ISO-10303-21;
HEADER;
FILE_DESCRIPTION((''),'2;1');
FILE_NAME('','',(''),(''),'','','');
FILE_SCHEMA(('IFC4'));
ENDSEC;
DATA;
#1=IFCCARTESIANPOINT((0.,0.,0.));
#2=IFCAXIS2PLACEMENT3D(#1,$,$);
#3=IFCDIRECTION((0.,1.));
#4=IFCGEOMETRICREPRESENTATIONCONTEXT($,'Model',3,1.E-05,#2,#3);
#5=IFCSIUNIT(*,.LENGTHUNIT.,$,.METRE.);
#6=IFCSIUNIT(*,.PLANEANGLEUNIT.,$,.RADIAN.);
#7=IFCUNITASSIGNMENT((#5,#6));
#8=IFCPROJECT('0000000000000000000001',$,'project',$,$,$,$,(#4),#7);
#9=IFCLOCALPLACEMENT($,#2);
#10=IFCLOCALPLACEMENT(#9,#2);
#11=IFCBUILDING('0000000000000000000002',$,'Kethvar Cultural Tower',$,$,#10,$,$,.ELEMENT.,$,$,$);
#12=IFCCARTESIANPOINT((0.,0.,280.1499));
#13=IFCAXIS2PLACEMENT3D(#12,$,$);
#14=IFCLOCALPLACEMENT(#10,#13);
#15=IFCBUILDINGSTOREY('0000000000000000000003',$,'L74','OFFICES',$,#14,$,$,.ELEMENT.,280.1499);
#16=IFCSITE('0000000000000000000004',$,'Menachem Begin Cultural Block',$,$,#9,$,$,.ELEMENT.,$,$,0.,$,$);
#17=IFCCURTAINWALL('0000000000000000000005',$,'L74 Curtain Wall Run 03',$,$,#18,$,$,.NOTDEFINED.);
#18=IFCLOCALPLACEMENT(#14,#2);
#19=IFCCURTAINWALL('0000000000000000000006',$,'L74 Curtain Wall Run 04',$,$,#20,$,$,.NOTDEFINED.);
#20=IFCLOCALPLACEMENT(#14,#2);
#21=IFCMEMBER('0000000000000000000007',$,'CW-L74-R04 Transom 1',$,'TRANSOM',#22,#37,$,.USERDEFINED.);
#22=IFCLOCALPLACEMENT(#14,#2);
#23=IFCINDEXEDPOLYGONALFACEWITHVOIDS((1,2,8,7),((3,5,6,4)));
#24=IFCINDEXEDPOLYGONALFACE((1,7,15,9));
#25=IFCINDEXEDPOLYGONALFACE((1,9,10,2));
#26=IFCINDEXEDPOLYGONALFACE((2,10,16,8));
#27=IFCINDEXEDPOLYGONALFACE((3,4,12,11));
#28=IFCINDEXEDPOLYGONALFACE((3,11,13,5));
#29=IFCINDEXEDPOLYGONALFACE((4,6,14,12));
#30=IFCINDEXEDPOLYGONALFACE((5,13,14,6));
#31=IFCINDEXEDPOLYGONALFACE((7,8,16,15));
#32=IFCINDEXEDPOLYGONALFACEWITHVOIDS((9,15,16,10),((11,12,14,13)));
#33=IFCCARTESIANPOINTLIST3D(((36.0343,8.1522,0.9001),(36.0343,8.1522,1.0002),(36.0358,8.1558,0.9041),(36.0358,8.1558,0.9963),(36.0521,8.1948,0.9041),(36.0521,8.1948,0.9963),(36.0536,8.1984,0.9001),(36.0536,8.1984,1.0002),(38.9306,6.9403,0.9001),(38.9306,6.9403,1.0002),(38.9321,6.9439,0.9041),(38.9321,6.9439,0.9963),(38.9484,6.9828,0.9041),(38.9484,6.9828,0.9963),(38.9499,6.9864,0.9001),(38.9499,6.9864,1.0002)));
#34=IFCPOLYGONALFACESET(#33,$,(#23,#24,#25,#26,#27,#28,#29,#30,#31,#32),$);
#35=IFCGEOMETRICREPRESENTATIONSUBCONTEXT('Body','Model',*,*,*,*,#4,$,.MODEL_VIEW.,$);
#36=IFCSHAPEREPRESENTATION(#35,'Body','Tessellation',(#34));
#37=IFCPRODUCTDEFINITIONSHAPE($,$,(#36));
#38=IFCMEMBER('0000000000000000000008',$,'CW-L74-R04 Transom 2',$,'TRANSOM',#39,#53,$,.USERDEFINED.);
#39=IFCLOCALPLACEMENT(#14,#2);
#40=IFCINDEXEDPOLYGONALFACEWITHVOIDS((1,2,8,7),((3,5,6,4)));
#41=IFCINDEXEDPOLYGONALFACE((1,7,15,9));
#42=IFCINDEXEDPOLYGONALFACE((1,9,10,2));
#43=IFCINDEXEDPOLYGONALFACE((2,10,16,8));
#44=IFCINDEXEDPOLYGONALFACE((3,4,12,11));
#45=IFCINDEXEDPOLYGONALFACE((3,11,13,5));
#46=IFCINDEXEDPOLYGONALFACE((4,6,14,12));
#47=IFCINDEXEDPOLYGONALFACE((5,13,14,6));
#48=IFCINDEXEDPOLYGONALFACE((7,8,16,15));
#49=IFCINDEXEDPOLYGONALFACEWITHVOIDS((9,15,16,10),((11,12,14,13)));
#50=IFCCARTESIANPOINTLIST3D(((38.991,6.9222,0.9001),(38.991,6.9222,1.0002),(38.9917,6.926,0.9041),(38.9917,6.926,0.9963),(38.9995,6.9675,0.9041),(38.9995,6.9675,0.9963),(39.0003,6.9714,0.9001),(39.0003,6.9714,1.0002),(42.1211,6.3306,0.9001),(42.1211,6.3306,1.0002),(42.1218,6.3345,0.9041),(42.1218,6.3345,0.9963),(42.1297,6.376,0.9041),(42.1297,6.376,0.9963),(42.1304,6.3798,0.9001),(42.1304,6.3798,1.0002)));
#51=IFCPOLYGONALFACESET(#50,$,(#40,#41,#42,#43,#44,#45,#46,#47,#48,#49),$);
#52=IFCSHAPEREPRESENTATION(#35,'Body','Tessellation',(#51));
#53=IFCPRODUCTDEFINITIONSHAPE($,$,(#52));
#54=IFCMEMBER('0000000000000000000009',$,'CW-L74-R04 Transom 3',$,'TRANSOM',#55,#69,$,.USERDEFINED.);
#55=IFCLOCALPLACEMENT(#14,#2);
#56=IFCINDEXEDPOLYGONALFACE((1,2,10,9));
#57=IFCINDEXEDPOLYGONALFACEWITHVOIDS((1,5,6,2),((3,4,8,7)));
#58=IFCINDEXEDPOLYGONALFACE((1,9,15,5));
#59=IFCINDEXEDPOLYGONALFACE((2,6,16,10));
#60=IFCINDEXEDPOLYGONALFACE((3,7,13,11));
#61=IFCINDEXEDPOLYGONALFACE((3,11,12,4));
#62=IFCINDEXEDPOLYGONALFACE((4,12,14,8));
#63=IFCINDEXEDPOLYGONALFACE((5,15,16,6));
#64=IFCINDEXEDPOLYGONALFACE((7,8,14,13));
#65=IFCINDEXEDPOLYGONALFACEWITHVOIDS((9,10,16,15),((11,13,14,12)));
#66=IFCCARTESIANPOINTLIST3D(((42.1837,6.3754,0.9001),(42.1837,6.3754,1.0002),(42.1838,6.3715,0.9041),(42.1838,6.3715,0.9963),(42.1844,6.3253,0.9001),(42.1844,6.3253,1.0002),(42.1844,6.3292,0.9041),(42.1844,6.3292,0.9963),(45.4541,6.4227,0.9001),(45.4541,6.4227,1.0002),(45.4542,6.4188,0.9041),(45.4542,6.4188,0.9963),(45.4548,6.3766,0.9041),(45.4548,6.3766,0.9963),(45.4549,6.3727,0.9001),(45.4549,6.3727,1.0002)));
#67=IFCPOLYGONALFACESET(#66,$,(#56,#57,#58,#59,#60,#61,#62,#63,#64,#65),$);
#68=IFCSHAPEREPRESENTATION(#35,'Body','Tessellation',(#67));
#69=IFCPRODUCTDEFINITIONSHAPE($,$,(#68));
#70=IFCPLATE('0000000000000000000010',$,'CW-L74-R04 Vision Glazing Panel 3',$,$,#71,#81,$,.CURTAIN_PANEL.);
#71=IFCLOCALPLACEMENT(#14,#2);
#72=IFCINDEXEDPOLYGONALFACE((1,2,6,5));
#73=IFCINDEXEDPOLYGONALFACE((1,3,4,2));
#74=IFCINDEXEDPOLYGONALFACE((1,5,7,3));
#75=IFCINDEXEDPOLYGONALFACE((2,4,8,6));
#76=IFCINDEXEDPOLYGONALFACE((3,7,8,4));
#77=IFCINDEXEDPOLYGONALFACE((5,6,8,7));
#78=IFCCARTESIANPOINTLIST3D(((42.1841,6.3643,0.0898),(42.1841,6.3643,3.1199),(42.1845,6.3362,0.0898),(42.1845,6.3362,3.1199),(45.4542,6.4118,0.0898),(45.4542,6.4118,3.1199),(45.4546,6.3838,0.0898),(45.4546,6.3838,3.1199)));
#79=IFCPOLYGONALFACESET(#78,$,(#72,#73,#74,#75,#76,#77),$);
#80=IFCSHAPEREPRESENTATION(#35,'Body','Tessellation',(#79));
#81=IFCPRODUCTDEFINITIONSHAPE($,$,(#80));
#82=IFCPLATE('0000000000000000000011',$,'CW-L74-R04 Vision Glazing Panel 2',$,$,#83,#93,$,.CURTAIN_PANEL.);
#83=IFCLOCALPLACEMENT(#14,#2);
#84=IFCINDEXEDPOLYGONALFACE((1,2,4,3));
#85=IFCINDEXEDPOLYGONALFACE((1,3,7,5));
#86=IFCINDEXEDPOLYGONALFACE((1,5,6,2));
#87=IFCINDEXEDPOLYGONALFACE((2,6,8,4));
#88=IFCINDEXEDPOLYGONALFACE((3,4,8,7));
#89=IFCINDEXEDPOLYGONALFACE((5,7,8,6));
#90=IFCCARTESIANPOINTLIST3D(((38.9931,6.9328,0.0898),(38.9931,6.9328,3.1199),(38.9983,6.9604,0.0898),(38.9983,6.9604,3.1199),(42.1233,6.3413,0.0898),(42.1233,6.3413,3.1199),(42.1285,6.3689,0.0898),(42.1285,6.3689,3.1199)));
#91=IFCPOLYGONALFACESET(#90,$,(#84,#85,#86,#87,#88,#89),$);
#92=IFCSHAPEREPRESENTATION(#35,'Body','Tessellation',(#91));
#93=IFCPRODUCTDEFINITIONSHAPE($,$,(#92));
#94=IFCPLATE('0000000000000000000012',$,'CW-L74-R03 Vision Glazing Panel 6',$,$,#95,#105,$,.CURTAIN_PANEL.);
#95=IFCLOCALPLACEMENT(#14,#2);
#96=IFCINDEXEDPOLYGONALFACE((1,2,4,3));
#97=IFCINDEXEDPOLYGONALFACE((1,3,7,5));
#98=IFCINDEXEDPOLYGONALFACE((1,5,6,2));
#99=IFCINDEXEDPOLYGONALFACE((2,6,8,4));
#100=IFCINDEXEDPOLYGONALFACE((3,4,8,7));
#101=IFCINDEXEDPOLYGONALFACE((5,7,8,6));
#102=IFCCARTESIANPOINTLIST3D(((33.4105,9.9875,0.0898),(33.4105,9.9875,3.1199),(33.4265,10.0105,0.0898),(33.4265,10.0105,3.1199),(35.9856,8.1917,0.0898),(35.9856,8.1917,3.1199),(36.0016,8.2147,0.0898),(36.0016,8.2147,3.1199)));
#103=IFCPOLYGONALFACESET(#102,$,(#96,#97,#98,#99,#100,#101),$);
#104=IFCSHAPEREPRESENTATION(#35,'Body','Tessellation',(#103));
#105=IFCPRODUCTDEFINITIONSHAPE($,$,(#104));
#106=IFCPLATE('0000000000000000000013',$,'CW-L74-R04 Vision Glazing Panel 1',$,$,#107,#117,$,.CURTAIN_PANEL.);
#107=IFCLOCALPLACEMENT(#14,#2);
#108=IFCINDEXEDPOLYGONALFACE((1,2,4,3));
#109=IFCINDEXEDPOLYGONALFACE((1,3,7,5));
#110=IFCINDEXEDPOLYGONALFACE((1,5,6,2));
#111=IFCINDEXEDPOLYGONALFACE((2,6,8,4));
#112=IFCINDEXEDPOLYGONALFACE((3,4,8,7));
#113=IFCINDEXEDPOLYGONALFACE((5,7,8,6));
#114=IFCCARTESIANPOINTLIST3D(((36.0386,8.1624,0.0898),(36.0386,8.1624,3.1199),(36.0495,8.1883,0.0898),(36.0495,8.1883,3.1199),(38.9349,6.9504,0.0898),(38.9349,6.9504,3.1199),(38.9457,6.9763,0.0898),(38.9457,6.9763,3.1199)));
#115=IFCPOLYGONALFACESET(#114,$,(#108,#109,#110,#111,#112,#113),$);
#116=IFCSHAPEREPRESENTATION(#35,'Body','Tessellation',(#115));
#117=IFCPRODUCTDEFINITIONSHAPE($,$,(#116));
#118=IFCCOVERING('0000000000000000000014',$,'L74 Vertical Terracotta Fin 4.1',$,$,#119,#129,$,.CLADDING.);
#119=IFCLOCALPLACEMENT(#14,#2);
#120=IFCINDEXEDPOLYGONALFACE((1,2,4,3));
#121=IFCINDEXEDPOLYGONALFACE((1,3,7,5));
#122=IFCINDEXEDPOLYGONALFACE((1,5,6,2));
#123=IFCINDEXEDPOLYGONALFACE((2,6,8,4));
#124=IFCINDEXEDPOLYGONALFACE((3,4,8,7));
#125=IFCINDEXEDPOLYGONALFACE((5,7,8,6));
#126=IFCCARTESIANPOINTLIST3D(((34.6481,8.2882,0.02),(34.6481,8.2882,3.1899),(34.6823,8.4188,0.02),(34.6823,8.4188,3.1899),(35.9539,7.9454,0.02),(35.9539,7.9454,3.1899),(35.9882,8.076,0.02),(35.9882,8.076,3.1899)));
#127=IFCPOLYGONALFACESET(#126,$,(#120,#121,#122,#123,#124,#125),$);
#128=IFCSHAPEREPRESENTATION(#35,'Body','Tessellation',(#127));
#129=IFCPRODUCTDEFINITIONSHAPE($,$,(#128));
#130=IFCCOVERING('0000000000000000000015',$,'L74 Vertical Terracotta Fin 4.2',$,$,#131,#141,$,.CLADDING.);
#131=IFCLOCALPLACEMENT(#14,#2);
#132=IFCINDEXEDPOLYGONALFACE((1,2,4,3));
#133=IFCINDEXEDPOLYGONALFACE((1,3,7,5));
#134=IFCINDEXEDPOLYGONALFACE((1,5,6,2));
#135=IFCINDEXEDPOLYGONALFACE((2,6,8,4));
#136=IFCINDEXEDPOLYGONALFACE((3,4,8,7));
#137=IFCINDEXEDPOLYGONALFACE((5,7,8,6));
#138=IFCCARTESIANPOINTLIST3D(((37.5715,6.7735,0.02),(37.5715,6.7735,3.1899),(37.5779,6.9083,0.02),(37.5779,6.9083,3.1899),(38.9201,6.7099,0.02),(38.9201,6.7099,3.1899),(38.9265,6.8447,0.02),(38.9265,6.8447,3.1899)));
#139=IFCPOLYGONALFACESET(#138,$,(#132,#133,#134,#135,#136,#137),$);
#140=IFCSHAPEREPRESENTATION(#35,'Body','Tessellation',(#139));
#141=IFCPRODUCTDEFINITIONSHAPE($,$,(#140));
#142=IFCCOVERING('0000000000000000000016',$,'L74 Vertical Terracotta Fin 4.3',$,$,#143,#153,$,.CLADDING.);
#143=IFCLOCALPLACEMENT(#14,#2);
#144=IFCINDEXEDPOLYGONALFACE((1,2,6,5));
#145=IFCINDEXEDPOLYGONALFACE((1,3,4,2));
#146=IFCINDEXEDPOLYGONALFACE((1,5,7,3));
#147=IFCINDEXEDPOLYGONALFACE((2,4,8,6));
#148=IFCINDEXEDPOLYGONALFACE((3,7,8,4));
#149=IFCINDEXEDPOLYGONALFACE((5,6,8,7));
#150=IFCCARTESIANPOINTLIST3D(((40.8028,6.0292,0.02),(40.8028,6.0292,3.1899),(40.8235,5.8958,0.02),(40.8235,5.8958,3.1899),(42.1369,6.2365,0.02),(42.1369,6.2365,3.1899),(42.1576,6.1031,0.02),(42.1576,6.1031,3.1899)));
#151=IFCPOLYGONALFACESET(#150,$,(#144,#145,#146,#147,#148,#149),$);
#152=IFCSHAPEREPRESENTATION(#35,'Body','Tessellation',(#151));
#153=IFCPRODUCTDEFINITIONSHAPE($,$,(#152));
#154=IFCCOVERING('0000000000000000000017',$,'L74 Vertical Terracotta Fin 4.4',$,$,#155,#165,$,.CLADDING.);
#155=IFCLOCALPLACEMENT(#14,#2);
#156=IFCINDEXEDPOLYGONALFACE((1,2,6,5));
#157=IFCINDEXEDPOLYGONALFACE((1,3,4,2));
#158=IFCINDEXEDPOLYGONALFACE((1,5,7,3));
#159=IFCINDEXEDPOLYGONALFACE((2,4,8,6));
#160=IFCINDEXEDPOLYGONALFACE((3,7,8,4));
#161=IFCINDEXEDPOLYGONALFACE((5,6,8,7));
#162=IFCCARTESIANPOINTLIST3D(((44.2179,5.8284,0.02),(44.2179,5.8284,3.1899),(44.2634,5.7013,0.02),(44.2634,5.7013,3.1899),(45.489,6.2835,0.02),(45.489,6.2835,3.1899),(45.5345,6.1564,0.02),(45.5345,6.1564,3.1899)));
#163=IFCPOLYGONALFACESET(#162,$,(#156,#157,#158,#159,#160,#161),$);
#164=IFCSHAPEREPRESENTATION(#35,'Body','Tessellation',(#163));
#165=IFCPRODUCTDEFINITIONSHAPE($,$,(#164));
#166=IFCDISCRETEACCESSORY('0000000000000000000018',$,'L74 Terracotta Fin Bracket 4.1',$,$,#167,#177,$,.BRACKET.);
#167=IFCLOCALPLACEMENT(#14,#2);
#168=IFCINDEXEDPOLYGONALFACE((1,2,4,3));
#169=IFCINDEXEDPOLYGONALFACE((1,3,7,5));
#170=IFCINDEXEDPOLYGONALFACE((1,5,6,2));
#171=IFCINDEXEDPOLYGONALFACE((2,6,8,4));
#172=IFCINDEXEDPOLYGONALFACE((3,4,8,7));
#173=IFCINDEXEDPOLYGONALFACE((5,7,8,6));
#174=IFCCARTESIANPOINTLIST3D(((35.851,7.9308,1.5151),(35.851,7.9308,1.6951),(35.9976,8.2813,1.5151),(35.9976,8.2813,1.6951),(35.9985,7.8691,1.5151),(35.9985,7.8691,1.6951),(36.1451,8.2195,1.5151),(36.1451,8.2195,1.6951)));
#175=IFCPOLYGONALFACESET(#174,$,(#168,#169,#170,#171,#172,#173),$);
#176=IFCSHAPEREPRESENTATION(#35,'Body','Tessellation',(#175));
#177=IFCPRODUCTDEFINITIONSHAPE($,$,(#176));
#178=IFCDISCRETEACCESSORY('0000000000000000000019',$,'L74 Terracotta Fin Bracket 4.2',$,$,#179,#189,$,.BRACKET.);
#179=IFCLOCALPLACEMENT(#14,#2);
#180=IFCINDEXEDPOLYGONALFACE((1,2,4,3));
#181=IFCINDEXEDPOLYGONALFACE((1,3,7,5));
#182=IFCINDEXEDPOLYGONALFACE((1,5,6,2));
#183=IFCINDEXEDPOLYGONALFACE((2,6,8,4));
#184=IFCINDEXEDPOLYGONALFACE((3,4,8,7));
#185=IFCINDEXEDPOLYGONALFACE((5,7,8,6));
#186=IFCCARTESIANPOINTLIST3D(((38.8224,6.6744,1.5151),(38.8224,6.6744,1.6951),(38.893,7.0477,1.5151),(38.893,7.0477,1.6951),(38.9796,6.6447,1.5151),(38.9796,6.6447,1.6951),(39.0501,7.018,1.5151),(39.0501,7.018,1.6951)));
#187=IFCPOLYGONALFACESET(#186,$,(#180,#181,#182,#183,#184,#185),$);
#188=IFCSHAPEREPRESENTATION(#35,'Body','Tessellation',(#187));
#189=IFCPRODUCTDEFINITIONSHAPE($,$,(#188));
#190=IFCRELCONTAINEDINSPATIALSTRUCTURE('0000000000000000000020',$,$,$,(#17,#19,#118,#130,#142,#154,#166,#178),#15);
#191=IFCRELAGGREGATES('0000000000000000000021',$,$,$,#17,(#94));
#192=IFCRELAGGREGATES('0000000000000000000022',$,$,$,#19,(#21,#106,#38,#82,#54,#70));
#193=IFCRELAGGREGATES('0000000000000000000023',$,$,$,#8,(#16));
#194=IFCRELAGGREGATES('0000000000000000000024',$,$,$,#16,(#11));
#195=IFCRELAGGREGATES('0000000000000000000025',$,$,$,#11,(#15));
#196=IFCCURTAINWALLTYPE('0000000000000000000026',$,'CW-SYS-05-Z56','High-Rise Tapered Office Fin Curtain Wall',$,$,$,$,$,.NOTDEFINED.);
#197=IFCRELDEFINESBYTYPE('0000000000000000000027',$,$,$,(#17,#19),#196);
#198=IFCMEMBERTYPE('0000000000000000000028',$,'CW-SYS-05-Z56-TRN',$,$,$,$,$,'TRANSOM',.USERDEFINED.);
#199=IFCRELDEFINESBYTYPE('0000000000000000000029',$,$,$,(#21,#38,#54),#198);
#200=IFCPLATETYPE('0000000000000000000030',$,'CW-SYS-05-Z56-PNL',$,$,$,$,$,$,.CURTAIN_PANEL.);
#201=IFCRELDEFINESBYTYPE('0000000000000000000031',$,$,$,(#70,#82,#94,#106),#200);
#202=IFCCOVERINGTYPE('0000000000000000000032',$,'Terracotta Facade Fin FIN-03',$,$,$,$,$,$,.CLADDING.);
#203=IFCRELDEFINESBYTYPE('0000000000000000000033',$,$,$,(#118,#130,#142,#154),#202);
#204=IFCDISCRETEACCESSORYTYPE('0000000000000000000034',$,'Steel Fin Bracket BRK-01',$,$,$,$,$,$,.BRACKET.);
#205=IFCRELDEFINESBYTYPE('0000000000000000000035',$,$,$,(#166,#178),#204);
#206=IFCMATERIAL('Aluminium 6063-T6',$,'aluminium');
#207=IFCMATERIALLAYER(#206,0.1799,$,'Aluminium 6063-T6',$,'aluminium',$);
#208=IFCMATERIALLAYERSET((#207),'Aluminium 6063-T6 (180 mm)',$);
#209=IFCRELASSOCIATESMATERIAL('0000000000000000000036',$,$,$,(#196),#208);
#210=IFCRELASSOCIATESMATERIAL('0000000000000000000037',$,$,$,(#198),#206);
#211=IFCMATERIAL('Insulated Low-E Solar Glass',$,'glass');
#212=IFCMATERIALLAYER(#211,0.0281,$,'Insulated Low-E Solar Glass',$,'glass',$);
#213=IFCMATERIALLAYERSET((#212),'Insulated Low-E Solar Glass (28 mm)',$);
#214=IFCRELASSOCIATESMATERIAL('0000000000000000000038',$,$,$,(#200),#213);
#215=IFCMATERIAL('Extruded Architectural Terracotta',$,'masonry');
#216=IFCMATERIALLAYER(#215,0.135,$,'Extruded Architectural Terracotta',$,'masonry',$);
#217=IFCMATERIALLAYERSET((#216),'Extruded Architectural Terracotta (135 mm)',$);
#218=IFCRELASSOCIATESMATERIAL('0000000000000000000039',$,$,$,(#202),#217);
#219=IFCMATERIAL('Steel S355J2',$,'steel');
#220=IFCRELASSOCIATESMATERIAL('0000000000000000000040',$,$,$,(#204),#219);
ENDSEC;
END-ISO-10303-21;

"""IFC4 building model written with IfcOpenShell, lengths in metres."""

from ifc_helpers import new_model, si_unit, direction, frame, origin, origin_2d, place, context, subcontext, project, spatial, rectangle, hollow_rectangle, extrude, source, transform, mapped, material, layer, layer_set, material_profile, profile_set, type_object, element, aggregate, save


model = new_model("IFC4")

# Units and contexts
model_context = context("Model", 3, precision=1e-05, world=origin(), true_north=direction((0.0, 1.0)))
body_context = subcontext(model_context, "Body", "Model", "MODEL_VIEW")
ifc_project = project(units=[si_unit("LENGTHUNIT", "METRE"), si_unit("PLANEANGLEUNIT", "RADIAN")], contexts=[model_context])

# Site, building, storey
site_placement = place(None, origin())
site = spatial("IfcSite", under=ifc_project, at=site_placement, Name="Menachem Begin Cultural Block", CompositionType="ELEMENT", RefElevation=0.0)
building_placement = place(site_placement, origin())
building = spatial("IfcBuilding", under=site, at=building_placement, Name="Kethvar Cultural Tower", CompositionType="ELEMENT")
storey_placement = place(building_placement, frame((0.0, 0.0, 280.1499)))
storey = spatial("IfcBuildingStorey", under=building, at=storey_placement, Name="L74", Description="OFFICES", CompositionType="ELEMENT", Elevation=280.1499)

# Shared definitions
ifc_material_1 = material(Name="Steel S355J2", Category="steel")

# Curtain wall
ifc_material_2 = material(Name="Aluminium 6063-T6", Category="aluminium")
ifc_layer_1 = layer(ifc_material_2, 0.1799, Name="Aluminium 6063-T6", Category="aluminium")
ifc_layer_set_1 = layer_set([ifc_layer_1], Name="Aluminium 6063-T6 (180 mm)")
curtain_wall_type = type_object("IfcCurtainWallType", Name="CW-SYS-05-Z56", Description="High-Rise Tapered Office Fin Curtain Wall", PredefinedType="NOTDEFINED", material=ifc_layer_set_1)
curtain_wall_1_placement = place(storey_placement, origin())
curtain_wall_1 = element("IfcCurtainWall", 1, at=curtain_wall_1_placement, inside=storey, type_object=curtain_wall_type, Name="L74 Curtain Wall Run 03", PredefinedType="NOTDEFINED")

# Curtain wall, members, plates
curtain_wall_2_placement = place(storey_placement, origin())
curtain_wall_2 = element("IfcCurtainWall", 2, at=curtain_wall_2_placement, inside=storey, type_object=curtain_wall_type, Name="L74 Curtain Wall Run 04", PredefinedType="NOTDEFINED")
ifc_material_profile_1 = material_profile(ifc_material_2, hollow_rectangle(XDim=0.05, YDim=0.1001, WallThickness=0.0039, at=origin_2d()), Name="Aluminium 6063-T6 — RHS100x50x4")
ifc_profile_set_1 = profile_set([ifc_material_profile_1], Name="Aluminium 6063-T6 — RHS100x50x4")
member_type_1 = type_object("IfcMemberType", Name="CW-SYS-05-Z56-TRN", ElementType="TRANSOM", PredefinedType="USERDEFINED", material=ifc_profile_set_1)
shared_shape_1 = source(origin(), body_context, "Body", "SweptSolid", [
    extrude(hollow_rectangle(XDim=0.05, YDim=0.1001, WallThickness=0.0039, at=origin_2d()), origin(), (0.0, 0.0, 1.0), 3.1396),
])
member_1_placement = place(storey_placement, frame((36.0439, 8.1753, 0.9502), z_axis=(0.922494, -0.386012, 0.0), x_axis=(0.386012, 0.922494, 0.0)))
member_1 = element("IfcMember", 3, at=member_1_placement, type_object=member_type_1, Name="CW-L74-R04 Transom 1", ObjectType="TRANSOM", PredefinedType="USERDEFINED", context=body_context, shape_type="MappedRepresentation", body=[
    mapped(shared_shape_1, transform((0.0, 0.0, 0.0), scale=1.0)),
])
shared_shape_2 = source(origin(), body_context, "Body", "SweptSolid", [
    extrude(hollow_rectangle(XDim=0.05, YDim=0.1001, WallThickness=0.0039, at=origin_2d()), origin(), (0.0, 0.0, 1.0), 3.1855),
])
member_2_placement = place(storey_placement, frame((38.9956, 6.9468, 0.9502), z_axis=(0.982607, -0.1857, 0.0), x_axis=(0.1857, 0.982607, 0.0)))
member_2 = element("IfcMember", 4, at=member_2_placement, type_object=member_type_1, Name="CW-L74-R04 Transom 2", ObjectType="TRANSOM", PredefinedType="USERDEFINED", context=body_context, shape_type="MappedRepresentation", body=[
    mapped(shared_shape_2, transform((0.0, 0.0, 0.0), scale=1.0)),
])
shared_shape_3 = source(origin(), body_context, "Body", "SweptSolid", [
    extrude(hollow_rectangle(XDim=0.05, YDim=0.1001, WallThickness=0.0039, at=origin_2d()), origin(), (0.0, 0.0, 1.0), 3.2708),
])
member_3_placement = place(storey_placement, frame((42.1841, 6.3503, 0.9502), z_axis=(0.999895, 0.01448, 0.0), x_axis=(-0.01448, 0.999895, 0.0)))
member_3 = element("IfcMember", 5, at=member_3_placement, type_object=member_type_1, Name="CW-L74-R04 Transom 3", ObjectType="TRANSOM", PredefinedType="USERDEFINED", context=body_context, shape_type="MappedRepresentation", body=[
    mapped(shared_shape_3, transform((0.0, 0.0, 0.0), scale=1.0)),
])
ifc_material_3 = material(Name="Insulated Low-E Solar Glass", Category="glass")
ifc_layer_2 = layer(ifc_material_3, 0.0281, Name="Insulated Low-E Solar Glass", Category="glass")
ifc_layer_set_2 = layer_set([ifc_layer_2], Name="Insulated Low-E Solar Glass (28 mm)")
plate_type = type_object("IfcPlateType", Name="CW-SYS-05-Z56-PNL", PredefinedType="CURTAIN_PANEL", material=ifc_layer_set_2)
shared_shape_4 = source(origin(), body_context, "Body", "SweptSolid", [
    extrude(rectangle(XDim=3.2705, YDim=0.0281, at=origin_2d()), origin(), (0.0, 0.0, 1.0), 3.03),
])
plate_1_placement = place(storey_placement, frame((43.8193, 6.374, 0.0898), z_axis=(0.0, 0.0, 1.0), x_axis=(0.999894, 0.014538, 0.0)))
plate_1 = element("IfcPlate", 6, at=plate_1_placement, type_object=plate_type, Name="CW-L74-R04 Vision Glazing Panel 3", PredefinedType="CURTAIN_PANEL", context=body_context, shape_type="MappedRepresentation", body=[
    mapped(shared_shape_4, transform((0.0, 0.0, 0.0), scale=1.0)),
])
shared_shape_5 = source(origin(), body_context, "Body", "SweptSolid", [
    extrude(rectangle(XDim=3.1855, YDim=0.0281, at=origin_2d()), origin(), (0.0, 0.0, 1.0), 3.03),
])
plate_2_placement = place(storey_placement, frame((40.5608, 6.6509, 0.0898), z_axis=(0.0, 0.0, 1.0), x_axis=(0.98261, -0.185684, 0.0)))
plate_2 = element("IfcPlate", 7, at=plate_2_placement, type_object=plate_type, Name="CW-L74-R04 Vision Glazing Panel 2", PredefinedType="CURTAIN_PANEL", context=body_context, shape_type="MappedRepresentation", body=[
    mapped(shared_shape_5, transform((0.0, 0.0, 0.0), scale=1.0)),
])

# Plates
shared_shape_6 = source(origin(), body_context, "Body", "SweptSolid", [
    extrude(rectangle(XDim=3.1394, YDim=0.0281, at=origin_2d()), origin(), (0.0, 0.0, 1.0), 3.03),
])
plate_3_placement = place(storey_placement, frame((34.7061, 9.1011, 0.0898), z_axis=(0.0, 0.0, 1.0), x_axis=(0.820242, -0.572017, 0.0)))
plate_3 = element("IfcPlate", 8, at=plate_3_placement, type_object=plate_type, Name="CW-L74-R03 Vision Glazing Panel 6", PredefinedType="CURTAIN_PANEL", context=body_context, shape_type="MappedRepresentation", body=[
    mapped(shared_shape_6, transform((0.0, 0.0, 0.0), scale=1.0)),
])
aggregate(curtain_wall_1, [plate_3])
shared_shape_7 = source(origin(), body_context, "Body", "SweptSolid", [
    extrude(rectangle(XDim=3.1396, YDim=0.0281, at=origin_2d()), origin(), (0.0, 0.0, 1.0), 3.03),
])
plate_4_placement = place(storey_placement, frame((37.4922, 7.5693, 0.0898), z_axis=(0.0, 0.0, 1.0), x_axis=(0.922484, -0.386035, 0.0)))
plate_4 = element("IfcPlate", 9, at=plate_4_placement, type_object=plate_type, Name="CW-L74-R04 Vision Glazing Panel 1", PredefinedType="CURTAIN_PANEL", context=body_context, shape_type="MappedRepresentation", body=[
    mapped(shared_shape_7, transform((0.0, 0.0, 0.0), scale=1.0)),
])
aggregate(curtain_wall_2, [member_1, plate_4, member_2, plate_2, member_3, plate_1])

# Coverings
ifc_material_4 = material(Name="Extruded Architectural Terracotta", Category="masonry")
ifc_layer_3 = layer(ifc_material_4, 0.135, Name="Extruded Architectural Terracotta", Category="masonry")
ifc_layer_set_3 = layer_set([ifc_layer_3], Name="Extruded Architectural Terracotta (135 mm)")
covering_type = type_object("IfcCoveringType", Name="Terracotta Facade Fin FIN-03", PredefinedType="CLADDING", material=ifc_layer_set_3)
shared_shape_8 = source(origin(), body_context, "Body", "SweptSolid", [
    extrude(rectangle(XDim=1.3501, YDim=0.135, at=origin_2d()), origin(), (0.0, 0.0, 1.0), 3.1699),
])
for number, where, z_axis, x_axis, name in (
    (10, (35.3181, 8.1821, 0.02), (0.0, 0.0, 1.0), (-0.967223, 0.253927, 0.0), "L74 Vertical Terracotta Fin 4.1"),
    (11, (38.249, 6.8091, 0.02), (0.0, 0.0, 1.0), (-0.99889, 0.047106, 0.0), "L74 Vertical Terracotta Fin 4.2"),
    (12, (41.4802, 6.0662, 0.02), (0.0, 0.0, 1.0), (-0.988148, -0.153503, 0.0), "L74 Vertical Terracotta Fin 4.3"),
    (13, (44.8762, 5.9924, 0.02), (0.0, 0.0, 1.0), (-0.941471, -0.337095, 0.0), "L74 Vertical Terracotta Fin 4.4"),
):
    element("IfcCovering", number, at=place(storey_placement, frame(where, z_axis=z_axis, x_axis=x_axis)), inside=storey, type_object=covering_type, Name=name, PredefinedType="CLADDING", context=body_context, shape_type="MappedRepresentation", body=[
        mapped(shared_shape_8, transform((0.0, 0.0, 0.0), scale=1.0)),
    ])

# Discrete accessories
discrete_accessory_type = type_object("IfcDiscreteAccessoryType", Name="Steel Fin Bracket BRK-01", PredefinedType="BRACKET", material=ifc_material_1)
shared_shape_9 = source(origin(), body_context, "Body", "SweptSolid", [
    extrude(rectangle(XDim=0.3799, YDim=0.1599, at=origin_2d()), origin(), (0.0, 0.0, 1.0), 0.1799),
])
for number, where, z_axis, x_axis, name in (
    (14, (35.998, 8.0752, 1.5151), (0.0, 0.0, 1.0), (-0.386067, -0.922471, 0.0), "L74 Terracotta Fin Bracket 4.1"),
    (15, (38.9363, 6.8462, 1.5151), (0.0, 0.0, 1.0), (-0.185667, -0.982613, 0.0), "L74 Terracotta Fin Bracket 4.2"),
):
    element("IfcDiscreteAccessory", number, at=place(storey_placement, frame(where, z_axis=z_axis, x_axis=x_axis)), inside=storey, type_object=discrete_accessory_type, Name=name, PredefinedType="BRACKET", context=body_context, shape_type="MappedRepresentation", body=[
        mapped(shared_shape_9, transform((0.0, 0.0, 0.0), scale=1.0)),
    ])

save(model, "model.ifc")
